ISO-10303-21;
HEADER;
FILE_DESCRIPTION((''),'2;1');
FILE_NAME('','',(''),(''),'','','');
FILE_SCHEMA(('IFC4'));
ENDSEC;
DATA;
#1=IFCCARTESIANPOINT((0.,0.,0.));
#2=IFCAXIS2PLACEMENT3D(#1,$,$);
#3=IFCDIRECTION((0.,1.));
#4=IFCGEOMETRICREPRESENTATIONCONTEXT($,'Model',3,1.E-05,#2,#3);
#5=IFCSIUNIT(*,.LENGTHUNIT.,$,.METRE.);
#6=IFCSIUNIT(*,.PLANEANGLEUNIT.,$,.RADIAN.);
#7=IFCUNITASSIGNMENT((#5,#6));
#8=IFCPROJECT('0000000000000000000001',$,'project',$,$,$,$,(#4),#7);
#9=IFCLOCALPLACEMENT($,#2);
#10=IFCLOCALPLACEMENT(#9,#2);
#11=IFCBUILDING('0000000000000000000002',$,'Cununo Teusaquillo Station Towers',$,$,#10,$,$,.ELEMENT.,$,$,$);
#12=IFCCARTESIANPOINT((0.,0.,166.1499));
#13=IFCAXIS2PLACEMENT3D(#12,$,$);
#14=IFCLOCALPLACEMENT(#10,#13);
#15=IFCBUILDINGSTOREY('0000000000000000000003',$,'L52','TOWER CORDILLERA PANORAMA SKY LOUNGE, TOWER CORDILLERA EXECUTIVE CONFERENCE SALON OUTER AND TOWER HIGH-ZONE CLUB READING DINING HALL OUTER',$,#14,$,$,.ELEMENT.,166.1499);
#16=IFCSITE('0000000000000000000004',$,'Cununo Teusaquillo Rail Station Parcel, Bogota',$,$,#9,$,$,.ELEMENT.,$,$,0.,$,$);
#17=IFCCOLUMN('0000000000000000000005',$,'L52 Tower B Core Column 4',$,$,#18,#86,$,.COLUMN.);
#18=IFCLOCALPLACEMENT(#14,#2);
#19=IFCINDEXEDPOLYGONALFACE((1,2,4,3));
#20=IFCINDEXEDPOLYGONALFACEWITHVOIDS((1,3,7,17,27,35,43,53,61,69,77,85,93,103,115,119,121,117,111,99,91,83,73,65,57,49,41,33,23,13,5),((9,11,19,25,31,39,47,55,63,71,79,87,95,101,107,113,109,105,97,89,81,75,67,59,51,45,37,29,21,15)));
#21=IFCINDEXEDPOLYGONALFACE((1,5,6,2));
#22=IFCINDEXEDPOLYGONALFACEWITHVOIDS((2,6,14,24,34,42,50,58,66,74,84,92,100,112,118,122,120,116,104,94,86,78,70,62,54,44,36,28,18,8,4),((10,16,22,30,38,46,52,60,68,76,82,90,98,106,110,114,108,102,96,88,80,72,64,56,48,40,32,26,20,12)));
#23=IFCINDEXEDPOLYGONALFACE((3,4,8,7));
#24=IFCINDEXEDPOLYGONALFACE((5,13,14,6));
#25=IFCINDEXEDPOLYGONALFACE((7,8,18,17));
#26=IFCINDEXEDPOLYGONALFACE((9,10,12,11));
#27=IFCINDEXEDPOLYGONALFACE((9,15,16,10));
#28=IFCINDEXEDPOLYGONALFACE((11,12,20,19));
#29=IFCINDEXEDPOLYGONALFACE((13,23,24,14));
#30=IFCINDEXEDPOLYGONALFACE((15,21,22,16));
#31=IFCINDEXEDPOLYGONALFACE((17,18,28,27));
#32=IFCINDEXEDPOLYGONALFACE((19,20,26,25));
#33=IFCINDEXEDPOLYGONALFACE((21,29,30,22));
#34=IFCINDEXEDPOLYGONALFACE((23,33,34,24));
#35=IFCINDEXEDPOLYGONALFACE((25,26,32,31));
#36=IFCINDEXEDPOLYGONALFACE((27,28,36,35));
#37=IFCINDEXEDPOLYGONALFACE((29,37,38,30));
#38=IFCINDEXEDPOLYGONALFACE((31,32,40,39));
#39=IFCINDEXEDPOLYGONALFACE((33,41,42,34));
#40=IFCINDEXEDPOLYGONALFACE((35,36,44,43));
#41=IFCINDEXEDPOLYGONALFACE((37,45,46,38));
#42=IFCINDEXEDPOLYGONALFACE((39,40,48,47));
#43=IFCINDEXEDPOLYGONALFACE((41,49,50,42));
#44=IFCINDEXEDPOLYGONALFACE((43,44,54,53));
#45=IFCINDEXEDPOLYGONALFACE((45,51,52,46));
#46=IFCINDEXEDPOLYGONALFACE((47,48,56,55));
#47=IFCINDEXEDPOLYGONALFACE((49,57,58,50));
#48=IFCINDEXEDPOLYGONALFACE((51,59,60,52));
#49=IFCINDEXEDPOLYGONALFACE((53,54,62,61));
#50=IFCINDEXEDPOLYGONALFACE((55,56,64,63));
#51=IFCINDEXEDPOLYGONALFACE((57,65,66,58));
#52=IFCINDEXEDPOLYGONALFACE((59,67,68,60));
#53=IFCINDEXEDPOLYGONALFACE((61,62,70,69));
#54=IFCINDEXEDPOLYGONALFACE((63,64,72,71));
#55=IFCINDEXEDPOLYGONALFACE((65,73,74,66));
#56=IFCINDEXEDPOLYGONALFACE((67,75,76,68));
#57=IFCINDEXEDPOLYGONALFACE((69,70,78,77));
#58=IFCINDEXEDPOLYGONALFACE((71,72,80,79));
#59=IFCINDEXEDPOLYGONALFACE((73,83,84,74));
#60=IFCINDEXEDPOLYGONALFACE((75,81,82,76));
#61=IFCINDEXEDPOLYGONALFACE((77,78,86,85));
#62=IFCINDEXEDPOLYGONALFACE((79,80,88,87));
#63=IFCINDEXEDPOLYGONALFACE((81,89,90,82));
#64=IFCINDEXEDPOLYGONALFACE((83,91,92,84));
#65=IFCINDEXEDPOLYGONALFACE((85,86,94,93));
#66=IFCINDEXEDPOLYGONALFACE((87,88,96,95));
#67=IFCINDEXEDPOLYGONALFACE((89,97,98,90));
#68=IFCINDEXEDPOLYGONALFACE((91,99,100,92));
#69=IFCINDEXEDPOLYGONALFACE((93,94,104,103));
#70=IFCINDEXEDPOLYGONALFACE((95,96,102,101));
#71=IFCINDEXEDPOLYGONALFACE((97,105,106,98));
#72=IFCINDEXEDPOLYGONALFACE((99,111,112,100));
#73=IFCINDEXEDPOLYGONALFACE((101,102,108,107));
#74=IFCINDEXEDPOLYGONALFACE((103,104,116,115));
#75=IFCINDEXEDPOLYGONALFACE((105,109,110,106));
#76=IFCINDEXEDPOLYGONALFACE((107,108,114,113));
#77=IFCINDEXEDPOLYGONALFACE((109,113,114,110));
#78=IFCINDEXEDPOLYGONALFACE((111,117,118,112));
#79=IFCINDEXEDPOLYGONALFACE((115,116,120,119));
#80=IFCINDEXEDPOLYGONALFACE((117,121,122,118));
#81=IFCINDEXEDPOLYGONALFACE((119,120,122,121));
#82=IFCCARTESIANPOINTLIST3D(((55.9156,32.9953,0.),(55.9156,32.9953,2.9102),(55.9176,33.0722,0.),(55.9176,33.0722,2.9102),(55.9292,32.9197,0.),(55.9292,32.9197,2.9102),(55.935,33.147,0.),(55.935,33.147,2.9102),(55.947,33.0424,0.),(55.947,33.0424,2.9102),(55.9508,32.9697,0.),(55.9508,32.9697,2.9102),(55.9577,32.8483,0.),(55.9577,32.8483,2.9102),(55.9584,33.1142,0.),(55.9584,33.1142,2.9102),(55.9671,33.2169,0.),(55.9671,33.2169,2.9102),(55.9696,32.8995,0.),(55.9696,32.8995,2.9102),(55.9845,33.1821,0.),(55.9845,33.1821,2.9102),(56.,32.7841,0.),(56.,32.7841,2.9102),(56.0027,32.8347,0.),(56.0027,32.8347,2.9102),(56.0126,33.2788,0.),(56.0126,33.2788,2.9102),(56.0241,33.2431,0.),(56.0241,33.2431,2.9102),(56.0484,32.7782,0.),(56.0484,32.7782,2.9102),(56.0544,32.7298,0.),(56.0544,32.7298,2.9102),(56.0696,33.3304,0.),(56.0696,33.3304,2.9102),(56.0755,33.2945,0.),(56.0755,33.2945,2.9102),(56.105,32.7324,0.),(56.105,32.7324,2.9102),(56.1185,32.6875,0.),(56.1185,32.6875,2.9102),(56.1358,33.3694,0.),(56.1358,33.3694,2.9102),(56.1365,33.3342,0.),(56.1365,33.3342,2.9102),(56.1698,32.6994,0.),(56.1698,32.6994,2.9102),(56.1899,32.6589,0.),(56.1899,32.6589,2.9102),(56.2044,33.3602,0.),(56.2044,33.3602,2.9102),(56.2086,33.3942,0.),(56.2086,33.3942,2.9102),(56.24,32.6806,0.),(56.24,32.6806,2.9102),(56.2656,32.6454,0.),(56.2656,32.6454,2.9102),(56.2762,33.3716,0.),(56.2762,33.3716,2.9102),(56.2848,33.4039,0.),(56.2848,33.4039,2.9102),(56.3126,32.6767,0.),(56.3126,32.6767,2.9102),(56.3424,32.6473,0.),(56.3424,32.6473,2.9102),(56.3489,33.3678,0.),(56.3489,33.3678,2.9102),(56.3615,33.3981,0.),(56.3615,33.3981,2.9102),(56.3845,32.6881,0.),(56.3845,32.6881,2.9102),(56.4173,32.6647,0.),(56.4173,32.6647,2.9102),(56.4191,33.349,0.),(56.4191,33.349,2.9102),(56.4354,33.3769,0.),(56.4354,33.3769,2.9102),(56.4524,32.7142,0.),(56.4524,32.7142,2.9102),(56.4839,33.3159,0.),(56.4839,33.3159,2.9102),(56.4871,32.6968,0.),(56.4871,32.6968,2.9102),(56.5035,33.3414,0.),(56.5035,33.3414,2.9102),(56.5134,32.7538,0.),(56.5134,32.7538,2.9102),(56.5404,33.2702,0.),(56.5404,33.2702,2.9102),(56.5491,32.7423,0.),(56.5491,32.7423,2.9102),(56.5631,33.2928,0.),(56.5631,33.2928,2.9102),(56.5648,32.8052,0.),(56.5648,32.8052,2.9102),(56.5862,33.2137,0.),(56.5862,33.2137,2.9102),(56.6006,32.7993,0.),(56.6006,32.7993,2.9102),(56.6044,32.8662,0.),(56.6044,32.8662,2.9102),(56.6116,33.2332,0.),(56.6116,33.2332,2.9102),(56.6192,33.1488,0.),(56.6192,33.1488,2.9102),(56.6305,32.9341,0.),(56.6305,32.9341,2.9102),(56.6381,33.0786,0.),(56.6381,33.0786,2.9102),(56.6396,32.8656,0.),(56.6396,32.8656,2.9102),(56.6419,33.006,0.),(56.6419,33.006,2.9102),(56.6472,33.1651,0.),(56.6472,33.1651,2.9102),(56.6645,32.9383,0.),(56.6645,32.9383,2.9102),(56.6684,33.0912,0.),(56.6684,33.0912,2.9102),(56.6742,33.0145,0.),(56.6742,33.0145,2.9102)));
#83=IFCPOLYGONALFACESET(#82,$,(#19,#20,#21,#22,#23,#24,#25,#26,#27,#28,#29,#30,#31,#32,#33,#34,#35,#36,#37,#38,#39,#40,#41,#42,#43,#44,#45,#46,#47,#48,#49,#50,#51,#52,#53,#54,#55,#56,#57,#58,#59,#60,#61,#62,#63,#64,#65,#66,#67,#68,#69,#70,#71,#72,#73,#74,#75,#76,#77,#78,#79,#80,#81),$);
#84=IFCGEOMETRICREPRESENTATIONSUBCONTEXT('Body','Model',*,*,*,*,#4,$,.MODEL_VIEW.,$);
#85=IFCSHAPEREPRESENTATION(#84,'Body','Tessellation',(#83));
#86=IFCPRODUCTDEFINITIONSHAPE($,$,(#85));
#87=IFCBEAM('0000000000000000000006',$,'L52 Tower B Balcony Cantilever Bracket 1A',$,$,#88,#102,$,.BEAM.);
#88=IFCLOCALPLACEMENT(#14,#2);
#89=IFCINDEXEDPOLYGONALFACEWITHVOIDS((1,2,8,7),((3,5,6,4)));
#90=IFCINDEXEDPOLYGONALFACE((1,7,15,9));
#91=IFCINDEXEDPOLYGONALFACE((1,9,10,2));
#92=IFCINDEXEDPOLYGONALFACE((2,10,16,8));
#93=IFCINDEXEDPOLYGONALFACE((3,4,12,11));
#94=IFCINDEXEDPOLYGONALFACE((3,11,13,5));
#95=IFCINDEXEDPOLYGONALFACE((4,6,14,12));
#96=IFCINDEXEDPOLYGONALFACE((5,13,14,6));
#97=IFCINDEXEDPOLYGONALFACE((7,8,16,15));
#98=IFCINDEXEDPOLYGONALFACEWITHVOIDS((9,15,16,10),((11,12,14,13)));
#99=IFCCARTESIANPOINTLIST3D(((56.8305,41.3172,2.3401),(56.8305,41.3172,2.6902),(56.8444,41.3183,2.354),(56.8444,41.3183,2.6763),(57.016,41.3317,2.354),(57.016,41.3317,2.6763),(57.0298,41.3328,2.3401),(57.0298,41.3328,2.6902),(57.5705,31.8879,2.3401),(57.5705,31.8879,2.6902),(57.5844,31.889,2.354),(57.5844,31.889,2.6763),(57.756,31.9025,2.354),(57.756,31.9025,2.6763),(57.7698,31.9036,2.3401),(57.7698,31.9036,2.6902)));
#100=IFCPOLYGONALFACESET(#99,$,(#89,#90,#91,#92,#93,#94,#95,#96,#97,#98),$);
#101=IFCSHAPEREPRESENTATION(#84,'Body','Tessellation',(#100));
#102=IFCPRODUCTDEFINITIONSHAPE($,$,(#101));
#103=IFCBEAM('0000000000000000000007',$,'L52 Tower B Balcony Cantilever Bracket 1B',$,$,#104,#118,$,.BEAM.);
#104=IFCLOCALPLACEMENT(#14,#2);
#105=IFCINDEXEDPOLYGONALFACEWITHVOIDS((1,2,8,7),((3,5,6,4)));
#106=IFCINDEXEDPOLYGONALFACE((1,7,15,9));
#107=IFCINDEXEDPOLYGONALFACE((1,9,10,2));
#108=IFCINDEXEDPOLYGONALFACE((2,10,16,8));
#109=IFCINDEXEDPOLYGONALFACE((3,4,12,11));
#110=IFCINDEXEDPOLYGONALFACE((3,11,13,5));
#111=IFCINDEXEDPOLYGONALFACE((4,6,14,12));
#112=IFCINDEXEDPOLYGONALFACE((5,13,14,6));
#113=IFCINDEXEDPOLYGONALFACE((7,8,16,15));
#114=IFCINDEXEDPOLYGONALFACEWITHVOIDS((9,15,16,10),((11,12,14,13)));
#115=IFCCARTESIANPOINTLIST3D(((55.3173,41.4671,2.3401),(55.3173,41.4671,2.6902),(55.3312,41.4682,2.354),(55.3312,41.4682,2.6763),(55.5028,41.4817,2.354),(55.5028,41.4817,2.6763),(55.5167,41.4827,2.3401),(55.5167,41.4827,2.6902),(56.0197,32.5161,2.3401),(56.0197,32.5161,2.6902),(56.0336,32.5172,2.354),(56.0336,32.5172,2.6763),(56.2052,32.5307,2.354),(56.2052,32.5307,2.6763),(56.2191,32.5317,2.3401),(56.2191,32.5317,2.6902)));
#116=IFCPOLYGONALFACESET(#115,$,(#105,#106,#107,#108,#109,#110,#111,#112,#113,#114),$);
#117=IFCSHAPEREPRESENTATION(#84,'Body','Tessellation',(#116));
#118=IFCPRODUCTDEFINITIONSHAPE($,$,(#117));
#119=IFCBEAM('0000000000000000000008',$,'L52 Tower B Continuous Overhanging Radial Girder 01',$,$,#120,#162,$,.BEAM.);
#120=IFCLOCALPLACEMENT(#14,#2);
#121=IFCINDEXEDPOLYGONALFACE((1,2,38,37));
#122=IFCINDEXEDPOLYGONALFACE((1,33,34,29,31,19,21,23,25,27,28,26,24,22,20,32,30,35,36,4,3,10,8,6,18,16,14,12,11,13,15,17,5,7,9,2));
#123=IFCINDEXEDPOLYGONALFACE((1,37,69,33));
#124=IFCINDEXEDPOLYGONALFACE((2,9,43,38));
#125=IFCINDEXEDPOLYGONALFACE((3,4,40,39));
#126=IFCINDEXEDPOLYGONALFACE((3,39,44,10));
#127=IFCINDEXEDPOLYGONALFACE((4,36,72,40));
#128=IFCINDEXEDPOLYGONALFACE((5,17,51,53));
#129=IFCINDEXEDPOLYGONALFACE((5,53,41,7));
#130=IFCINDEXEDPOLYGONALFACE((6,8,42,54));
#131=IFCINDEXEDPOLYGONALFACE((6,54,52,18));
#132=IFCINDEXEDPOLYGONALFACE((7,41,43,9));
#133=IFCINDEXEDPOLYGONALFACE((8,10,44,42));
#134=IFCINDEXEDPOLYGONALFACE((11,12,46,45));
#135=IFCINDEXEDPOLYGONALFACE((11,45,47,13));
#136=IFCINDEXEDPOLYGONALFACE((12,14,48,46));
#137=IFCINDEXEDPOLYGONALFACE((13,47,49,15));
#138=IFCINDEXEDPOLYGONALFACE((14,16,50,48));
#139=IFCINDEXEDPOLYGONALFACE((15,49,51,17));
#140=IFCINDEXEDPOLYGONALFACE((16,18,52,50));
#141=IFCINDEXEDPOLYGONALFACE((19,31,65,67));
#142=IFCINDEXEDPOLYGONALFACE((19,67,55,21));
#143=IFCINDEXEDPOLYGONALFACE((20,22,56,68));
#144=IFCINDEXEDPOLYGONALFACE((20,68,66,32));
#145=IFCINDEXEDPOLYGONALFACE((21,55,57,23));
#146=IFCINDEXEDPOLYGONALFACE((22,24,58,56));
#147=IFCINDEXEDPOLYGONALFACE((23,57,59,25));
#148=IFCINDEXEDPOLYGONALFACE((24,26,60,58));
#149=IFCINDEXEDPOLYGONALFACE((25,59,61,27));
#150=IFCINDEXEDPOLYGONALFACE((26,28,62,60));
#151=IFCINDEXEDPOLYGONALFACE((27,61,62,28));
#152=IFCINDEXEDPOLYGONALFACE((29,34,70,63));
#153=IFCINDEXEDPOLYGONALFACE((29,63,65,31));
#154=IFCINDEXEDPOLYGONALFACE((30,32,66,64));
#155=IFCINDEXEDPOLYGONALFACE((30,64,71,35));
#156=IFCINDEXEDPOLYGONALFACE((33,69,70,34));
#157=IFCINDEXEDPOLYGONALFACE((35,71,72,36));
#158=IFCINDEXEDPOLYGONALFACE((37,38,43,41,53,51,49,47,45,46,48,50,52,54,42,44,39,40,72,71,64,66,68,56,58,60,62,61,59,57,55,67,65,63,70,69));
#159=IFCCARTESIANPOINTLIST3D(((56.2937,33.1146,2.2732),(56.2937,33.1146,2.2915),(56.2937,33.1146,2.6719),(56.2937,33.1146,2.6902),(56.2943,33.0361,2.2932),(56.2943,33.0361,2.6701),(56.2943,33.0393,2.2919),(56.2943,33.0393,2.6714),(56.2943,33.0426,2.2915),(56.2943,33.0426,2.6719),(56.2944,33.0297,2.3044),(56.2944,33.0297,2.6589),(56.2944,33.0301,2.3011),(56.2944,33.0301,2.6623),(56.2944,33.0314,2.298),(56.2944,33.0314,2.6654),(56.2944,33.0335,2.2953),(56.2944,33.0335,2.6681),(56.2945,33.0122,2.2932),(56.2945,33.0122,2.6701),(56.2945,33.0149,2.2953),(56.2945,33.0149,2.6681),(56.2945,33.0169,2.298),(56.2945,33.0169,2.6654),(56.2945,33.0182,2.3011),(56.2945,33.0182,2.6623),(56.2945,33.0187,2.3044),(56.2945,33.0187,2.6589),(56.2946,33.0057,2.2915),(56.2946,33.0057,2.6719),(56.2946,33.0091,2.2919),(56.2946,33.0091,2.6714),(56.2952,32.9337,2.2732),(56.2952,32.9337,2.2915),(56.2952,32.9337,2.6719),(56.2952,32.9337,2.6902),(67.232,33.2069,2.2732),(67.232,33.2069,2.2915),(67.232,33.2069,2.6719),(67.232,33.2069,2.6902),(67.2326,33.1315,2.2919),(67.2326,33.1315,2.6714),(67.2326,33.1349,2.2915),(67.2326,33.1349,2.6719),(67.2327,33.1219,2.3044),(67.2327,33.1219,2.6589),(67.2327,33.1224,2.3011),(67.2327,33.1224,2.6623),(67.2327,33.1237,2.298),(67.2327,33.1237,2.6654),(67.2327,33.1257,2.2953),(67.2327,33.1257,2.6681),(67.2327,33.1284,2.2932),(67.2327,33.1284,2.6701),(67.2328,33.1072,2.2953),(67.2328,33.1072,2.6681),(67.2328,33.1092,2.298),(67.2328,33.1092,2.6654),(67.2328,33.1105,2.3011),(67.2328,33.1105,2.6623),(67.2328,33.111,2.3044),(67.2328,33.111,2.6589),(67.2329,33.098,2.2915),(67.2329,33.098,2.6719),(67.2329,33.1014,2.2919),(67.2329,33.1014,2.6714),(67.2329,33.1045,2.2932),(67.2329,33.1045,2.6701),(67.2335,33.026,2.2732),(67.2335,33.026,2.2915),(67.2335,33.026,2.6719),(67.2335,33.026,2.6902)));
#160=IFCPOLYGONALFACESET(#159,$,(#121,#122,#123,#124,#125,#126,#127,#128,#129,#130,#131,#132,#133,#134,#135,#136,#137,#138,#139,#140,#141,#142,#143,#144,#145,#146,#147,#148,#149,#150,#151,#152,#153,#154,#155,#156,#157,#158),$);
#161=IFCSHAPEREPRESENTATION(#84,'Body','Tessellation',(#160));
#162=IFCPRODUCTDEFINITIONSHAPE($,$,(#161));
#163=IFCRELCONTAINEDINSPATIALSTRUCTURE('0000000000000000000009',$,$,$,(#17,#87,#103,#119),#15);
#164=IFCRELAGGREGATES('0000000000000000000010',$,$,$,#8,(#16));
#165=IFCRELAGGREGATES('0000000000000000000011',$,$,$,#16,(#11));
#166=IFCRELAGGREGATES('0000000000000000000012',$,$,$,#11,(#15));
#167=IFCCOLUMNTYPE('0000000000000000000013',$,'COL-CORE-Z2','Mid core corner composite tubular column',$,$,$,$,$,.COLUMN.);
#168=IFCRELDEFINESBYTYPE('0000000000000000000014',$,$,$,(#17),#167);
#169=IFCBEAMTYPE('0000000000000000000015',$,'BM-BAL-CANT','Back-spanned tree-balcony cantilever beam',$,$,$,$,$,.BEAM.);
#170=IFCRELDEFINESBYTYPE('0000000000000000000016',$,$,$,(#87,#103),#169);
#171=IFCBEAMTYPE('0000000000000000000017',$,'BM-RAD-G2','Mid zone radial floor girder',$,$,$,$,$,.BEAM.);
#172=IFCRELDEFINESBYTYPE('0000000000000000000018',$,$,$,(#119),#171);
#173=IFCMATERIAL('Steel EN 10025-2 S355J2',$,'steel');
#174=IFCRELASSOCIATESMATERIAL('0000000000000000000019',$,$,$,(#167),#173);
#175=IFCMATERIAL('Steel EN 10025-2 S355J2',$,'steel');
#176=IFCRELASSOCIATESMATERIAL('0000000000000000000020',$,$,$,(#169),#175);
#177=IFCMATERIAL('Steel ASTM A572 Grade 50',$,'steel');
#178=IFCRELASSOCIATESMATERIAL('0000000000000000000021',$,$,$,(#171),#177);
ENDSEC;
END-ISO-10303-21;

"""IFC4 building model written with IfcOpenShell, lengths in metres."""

from ifc_helpers import new_model, si_unit, direction, frame, origin, origin_2d, place, context, subcontext, project, spatial, hollow_rectangle, hollow_circle, i_section, extrude, material, material_profile, profile_set, type_object, element, save


model = new_model("IFC4")

# Units and contexts
model_context = context("Model", 3, precision=1e-05, world=origin(), true_north=direction((0.0, 1.0)))
body_context = subcontext(model_context, "Body", "Model", "MODEL_VIEW")
ifc_project = project(units=[si_unit("LENGTHUNIT", "METRE"), si_unit("PLANEANGLEUNIT", "RADIAN")], contexts=[model_context])

# Site, building, storey
site_placement = place(None, origin())
site = spatial("IfcSite", under=ifc_project, at=site_placement, Name="Cununo Teusaquillo Rail Station Parcel, Bogota", CompositionType="ELEMENT", RefElevation=0.0)
building_placement = place(site_placement, origin())
building = spatial("IfcBuilding", under=site, at=building_placement, Name="Cununo Teusaquillo Station Towers", CompositionType="ELEMENT")
storey_placement = place(building_placement, frame((0.0, 0.0, 166.1499)))
storey = spatial("IfcBuildingStorey", under=building, at=storey_placement, Name="L52", Description="TOWER CORDILLERA PANORAMA SKY LOUNGE, TOWER CORDILLERA EXECUTIVE CONFERENCE SALON OUTER AND TOWER HIGH-ZONE CLUB READING DINING HALL OUTER", CompositionType="ELEMENT", Elevation=166.1499)

# Column
ifc_material_1 = material(Name="Steel EN 10025-2 S355J2", Category="steel")
ifc_material_profile_1 = material_profile(ifc_material_1, hollow_circle(Radius=0.3799, WallThickness=0.032, at=origin_2d()), Name="CHS 760x32")
ifc_profile_set_1 = profile_set([ifc_material_profile_1], Name="Steel EN 10025-2 S355J2")
column_type = type_object("IfcColumnType", Name="COL-CORE-Z2", Description="Mid core corner composite tubular column", PredefinedType="COLUMN", material=ifc_profile_set_1)
column_placement = place(storey_placement, frame((56.2944, 33.0242, 0.0), z_axis=(0.0, 0.0, 1.0), x_axis=(0.707107, 0.707107, 0.0)))
element("IfcColumn", 1, at=column_placement, inside=storey, type_object=column_type, Name="L52 Tower B Core Column 4", PredefinedType="COLUMN", context=body_context, shape_type="SweptSolid", body=[
    extrude(hollow_circle(Radius=0.3799, WallThickness=0.032, at=origin_2d()), origin(), (0.0, 0.0, 1.0), 2.9102),
])

# Beams
ifc_material_2 = material(Name="Steel EN 10025-2 S355J2", Category="steel")
ifc_material_profile_2 = material_profile(ifc_material_2, hollow_rectangle(XDim=0.2, YDim=0.3501, WallThickness=0.0139, at=origin_2d()), Name="RHS 350x200x14")
ifc_profile_set_2 = profile_set([ifc_material_profile_2], Name="Steel EN 10025-2 S355J2")
beam_type_1 = type_object("IfcBeamType", Name="BM-BAL-CANT", Description="Back-spanned tree-balcony cantilever beam", PredefinedType="BEAM", material=ifc_profile_set_2)
beam_1_placement = place(storey_placement, frame((57.6702, 31.8958, 2.5151), z_axis=(-0.078238, 0.996935, 0.0), x_axis=(-0.996935, -0.078238, 0.0)))
element("IfcBeam", 2, at=beam_1_placement, inside=storey, type_object=beam_type_1, Name="L52 Tower B Balcony Cantilever Bracket 1A", PredefinedType="BEAM", context=body_context, shape_type="SweptSolid", body=[
    extrude(hollow_rectangle(XDim=0.2, YDim=0.3501, WallThickness=0.0139, at=origin_2d()), origin(), (0.0, 0.0, 1.0), 9.4583),
])
beam_2_placement = place(storey_placement, frame((56.1194, 32.5239, 2.5151), z_axis=(-0.078231, 0.996935, 0.0), x_axis=(-0.996935, -0.078231, 0.0)))
element("IfcBeam", 3, at=beam_2_placement, inside=storey, type_object=beam_type_1, Name="L52 Tower B Balcony Cantilever Bracket 1B", PredefinedType="BEAM", context=body_context, shape_type="SweptSolid", body=[
    extrude(hollow_rectangle(XDim=0.2, YDim=0.3501, WallThickness=0.0139, at=origin_2d()), origin(), (0.0, 0.0, 1.0), 8.9785),
])
ifc_material_3 = material(Name="Steel ASTM A572 Grade 50", Category="steel")
ifc_material_profile_3 = material_profile(ifc_material_3, i_section(OverallWidth=0.1809, OverallDepth=0.417, WebThickness=0.011, FlangeThickness=0.0183, FilletRadius=0.0129, at=origin_2d()), Name="W16X57")
ifc_profile_set_3 = profile_set([ifc_material_profile_3], Name="Steel ASTM A572 Grade 50")
beam_type_2 = type_object("IfcBeamType", Name="BM-RAD-G2", Description="Mid zone radial floor girder", PredefinedType="BEAM", material=ifc_profile_set_3)
beam_3_placement = place(storey_placement, frame((56.2944, 33.0242, 2.4817), z_axis=(0.999964, 0.008437, 0.0), x_axis=(-0.008437, 0.999964, 0.0)))
element("IfcBeam", 4, at=beam_3_placement, inside=storey, type_object=beam_type_2, Name="L52 Tower B Continuous Overhanging Radial Girder 01", PredefinedType="BEAM", context=body_context, shape_type="SweptSolid", body=[
    extrude(i_section(OverallWidth=0.1809, OverallDepth=0.417, WebThickness=0.011, FlangeThickness=0.0183, FilletRadius=0.0129, at=origin_2d()), origin(), (0.0, 0.0, 1.0), 10.9387),
])

save(model, "model.ifc")
